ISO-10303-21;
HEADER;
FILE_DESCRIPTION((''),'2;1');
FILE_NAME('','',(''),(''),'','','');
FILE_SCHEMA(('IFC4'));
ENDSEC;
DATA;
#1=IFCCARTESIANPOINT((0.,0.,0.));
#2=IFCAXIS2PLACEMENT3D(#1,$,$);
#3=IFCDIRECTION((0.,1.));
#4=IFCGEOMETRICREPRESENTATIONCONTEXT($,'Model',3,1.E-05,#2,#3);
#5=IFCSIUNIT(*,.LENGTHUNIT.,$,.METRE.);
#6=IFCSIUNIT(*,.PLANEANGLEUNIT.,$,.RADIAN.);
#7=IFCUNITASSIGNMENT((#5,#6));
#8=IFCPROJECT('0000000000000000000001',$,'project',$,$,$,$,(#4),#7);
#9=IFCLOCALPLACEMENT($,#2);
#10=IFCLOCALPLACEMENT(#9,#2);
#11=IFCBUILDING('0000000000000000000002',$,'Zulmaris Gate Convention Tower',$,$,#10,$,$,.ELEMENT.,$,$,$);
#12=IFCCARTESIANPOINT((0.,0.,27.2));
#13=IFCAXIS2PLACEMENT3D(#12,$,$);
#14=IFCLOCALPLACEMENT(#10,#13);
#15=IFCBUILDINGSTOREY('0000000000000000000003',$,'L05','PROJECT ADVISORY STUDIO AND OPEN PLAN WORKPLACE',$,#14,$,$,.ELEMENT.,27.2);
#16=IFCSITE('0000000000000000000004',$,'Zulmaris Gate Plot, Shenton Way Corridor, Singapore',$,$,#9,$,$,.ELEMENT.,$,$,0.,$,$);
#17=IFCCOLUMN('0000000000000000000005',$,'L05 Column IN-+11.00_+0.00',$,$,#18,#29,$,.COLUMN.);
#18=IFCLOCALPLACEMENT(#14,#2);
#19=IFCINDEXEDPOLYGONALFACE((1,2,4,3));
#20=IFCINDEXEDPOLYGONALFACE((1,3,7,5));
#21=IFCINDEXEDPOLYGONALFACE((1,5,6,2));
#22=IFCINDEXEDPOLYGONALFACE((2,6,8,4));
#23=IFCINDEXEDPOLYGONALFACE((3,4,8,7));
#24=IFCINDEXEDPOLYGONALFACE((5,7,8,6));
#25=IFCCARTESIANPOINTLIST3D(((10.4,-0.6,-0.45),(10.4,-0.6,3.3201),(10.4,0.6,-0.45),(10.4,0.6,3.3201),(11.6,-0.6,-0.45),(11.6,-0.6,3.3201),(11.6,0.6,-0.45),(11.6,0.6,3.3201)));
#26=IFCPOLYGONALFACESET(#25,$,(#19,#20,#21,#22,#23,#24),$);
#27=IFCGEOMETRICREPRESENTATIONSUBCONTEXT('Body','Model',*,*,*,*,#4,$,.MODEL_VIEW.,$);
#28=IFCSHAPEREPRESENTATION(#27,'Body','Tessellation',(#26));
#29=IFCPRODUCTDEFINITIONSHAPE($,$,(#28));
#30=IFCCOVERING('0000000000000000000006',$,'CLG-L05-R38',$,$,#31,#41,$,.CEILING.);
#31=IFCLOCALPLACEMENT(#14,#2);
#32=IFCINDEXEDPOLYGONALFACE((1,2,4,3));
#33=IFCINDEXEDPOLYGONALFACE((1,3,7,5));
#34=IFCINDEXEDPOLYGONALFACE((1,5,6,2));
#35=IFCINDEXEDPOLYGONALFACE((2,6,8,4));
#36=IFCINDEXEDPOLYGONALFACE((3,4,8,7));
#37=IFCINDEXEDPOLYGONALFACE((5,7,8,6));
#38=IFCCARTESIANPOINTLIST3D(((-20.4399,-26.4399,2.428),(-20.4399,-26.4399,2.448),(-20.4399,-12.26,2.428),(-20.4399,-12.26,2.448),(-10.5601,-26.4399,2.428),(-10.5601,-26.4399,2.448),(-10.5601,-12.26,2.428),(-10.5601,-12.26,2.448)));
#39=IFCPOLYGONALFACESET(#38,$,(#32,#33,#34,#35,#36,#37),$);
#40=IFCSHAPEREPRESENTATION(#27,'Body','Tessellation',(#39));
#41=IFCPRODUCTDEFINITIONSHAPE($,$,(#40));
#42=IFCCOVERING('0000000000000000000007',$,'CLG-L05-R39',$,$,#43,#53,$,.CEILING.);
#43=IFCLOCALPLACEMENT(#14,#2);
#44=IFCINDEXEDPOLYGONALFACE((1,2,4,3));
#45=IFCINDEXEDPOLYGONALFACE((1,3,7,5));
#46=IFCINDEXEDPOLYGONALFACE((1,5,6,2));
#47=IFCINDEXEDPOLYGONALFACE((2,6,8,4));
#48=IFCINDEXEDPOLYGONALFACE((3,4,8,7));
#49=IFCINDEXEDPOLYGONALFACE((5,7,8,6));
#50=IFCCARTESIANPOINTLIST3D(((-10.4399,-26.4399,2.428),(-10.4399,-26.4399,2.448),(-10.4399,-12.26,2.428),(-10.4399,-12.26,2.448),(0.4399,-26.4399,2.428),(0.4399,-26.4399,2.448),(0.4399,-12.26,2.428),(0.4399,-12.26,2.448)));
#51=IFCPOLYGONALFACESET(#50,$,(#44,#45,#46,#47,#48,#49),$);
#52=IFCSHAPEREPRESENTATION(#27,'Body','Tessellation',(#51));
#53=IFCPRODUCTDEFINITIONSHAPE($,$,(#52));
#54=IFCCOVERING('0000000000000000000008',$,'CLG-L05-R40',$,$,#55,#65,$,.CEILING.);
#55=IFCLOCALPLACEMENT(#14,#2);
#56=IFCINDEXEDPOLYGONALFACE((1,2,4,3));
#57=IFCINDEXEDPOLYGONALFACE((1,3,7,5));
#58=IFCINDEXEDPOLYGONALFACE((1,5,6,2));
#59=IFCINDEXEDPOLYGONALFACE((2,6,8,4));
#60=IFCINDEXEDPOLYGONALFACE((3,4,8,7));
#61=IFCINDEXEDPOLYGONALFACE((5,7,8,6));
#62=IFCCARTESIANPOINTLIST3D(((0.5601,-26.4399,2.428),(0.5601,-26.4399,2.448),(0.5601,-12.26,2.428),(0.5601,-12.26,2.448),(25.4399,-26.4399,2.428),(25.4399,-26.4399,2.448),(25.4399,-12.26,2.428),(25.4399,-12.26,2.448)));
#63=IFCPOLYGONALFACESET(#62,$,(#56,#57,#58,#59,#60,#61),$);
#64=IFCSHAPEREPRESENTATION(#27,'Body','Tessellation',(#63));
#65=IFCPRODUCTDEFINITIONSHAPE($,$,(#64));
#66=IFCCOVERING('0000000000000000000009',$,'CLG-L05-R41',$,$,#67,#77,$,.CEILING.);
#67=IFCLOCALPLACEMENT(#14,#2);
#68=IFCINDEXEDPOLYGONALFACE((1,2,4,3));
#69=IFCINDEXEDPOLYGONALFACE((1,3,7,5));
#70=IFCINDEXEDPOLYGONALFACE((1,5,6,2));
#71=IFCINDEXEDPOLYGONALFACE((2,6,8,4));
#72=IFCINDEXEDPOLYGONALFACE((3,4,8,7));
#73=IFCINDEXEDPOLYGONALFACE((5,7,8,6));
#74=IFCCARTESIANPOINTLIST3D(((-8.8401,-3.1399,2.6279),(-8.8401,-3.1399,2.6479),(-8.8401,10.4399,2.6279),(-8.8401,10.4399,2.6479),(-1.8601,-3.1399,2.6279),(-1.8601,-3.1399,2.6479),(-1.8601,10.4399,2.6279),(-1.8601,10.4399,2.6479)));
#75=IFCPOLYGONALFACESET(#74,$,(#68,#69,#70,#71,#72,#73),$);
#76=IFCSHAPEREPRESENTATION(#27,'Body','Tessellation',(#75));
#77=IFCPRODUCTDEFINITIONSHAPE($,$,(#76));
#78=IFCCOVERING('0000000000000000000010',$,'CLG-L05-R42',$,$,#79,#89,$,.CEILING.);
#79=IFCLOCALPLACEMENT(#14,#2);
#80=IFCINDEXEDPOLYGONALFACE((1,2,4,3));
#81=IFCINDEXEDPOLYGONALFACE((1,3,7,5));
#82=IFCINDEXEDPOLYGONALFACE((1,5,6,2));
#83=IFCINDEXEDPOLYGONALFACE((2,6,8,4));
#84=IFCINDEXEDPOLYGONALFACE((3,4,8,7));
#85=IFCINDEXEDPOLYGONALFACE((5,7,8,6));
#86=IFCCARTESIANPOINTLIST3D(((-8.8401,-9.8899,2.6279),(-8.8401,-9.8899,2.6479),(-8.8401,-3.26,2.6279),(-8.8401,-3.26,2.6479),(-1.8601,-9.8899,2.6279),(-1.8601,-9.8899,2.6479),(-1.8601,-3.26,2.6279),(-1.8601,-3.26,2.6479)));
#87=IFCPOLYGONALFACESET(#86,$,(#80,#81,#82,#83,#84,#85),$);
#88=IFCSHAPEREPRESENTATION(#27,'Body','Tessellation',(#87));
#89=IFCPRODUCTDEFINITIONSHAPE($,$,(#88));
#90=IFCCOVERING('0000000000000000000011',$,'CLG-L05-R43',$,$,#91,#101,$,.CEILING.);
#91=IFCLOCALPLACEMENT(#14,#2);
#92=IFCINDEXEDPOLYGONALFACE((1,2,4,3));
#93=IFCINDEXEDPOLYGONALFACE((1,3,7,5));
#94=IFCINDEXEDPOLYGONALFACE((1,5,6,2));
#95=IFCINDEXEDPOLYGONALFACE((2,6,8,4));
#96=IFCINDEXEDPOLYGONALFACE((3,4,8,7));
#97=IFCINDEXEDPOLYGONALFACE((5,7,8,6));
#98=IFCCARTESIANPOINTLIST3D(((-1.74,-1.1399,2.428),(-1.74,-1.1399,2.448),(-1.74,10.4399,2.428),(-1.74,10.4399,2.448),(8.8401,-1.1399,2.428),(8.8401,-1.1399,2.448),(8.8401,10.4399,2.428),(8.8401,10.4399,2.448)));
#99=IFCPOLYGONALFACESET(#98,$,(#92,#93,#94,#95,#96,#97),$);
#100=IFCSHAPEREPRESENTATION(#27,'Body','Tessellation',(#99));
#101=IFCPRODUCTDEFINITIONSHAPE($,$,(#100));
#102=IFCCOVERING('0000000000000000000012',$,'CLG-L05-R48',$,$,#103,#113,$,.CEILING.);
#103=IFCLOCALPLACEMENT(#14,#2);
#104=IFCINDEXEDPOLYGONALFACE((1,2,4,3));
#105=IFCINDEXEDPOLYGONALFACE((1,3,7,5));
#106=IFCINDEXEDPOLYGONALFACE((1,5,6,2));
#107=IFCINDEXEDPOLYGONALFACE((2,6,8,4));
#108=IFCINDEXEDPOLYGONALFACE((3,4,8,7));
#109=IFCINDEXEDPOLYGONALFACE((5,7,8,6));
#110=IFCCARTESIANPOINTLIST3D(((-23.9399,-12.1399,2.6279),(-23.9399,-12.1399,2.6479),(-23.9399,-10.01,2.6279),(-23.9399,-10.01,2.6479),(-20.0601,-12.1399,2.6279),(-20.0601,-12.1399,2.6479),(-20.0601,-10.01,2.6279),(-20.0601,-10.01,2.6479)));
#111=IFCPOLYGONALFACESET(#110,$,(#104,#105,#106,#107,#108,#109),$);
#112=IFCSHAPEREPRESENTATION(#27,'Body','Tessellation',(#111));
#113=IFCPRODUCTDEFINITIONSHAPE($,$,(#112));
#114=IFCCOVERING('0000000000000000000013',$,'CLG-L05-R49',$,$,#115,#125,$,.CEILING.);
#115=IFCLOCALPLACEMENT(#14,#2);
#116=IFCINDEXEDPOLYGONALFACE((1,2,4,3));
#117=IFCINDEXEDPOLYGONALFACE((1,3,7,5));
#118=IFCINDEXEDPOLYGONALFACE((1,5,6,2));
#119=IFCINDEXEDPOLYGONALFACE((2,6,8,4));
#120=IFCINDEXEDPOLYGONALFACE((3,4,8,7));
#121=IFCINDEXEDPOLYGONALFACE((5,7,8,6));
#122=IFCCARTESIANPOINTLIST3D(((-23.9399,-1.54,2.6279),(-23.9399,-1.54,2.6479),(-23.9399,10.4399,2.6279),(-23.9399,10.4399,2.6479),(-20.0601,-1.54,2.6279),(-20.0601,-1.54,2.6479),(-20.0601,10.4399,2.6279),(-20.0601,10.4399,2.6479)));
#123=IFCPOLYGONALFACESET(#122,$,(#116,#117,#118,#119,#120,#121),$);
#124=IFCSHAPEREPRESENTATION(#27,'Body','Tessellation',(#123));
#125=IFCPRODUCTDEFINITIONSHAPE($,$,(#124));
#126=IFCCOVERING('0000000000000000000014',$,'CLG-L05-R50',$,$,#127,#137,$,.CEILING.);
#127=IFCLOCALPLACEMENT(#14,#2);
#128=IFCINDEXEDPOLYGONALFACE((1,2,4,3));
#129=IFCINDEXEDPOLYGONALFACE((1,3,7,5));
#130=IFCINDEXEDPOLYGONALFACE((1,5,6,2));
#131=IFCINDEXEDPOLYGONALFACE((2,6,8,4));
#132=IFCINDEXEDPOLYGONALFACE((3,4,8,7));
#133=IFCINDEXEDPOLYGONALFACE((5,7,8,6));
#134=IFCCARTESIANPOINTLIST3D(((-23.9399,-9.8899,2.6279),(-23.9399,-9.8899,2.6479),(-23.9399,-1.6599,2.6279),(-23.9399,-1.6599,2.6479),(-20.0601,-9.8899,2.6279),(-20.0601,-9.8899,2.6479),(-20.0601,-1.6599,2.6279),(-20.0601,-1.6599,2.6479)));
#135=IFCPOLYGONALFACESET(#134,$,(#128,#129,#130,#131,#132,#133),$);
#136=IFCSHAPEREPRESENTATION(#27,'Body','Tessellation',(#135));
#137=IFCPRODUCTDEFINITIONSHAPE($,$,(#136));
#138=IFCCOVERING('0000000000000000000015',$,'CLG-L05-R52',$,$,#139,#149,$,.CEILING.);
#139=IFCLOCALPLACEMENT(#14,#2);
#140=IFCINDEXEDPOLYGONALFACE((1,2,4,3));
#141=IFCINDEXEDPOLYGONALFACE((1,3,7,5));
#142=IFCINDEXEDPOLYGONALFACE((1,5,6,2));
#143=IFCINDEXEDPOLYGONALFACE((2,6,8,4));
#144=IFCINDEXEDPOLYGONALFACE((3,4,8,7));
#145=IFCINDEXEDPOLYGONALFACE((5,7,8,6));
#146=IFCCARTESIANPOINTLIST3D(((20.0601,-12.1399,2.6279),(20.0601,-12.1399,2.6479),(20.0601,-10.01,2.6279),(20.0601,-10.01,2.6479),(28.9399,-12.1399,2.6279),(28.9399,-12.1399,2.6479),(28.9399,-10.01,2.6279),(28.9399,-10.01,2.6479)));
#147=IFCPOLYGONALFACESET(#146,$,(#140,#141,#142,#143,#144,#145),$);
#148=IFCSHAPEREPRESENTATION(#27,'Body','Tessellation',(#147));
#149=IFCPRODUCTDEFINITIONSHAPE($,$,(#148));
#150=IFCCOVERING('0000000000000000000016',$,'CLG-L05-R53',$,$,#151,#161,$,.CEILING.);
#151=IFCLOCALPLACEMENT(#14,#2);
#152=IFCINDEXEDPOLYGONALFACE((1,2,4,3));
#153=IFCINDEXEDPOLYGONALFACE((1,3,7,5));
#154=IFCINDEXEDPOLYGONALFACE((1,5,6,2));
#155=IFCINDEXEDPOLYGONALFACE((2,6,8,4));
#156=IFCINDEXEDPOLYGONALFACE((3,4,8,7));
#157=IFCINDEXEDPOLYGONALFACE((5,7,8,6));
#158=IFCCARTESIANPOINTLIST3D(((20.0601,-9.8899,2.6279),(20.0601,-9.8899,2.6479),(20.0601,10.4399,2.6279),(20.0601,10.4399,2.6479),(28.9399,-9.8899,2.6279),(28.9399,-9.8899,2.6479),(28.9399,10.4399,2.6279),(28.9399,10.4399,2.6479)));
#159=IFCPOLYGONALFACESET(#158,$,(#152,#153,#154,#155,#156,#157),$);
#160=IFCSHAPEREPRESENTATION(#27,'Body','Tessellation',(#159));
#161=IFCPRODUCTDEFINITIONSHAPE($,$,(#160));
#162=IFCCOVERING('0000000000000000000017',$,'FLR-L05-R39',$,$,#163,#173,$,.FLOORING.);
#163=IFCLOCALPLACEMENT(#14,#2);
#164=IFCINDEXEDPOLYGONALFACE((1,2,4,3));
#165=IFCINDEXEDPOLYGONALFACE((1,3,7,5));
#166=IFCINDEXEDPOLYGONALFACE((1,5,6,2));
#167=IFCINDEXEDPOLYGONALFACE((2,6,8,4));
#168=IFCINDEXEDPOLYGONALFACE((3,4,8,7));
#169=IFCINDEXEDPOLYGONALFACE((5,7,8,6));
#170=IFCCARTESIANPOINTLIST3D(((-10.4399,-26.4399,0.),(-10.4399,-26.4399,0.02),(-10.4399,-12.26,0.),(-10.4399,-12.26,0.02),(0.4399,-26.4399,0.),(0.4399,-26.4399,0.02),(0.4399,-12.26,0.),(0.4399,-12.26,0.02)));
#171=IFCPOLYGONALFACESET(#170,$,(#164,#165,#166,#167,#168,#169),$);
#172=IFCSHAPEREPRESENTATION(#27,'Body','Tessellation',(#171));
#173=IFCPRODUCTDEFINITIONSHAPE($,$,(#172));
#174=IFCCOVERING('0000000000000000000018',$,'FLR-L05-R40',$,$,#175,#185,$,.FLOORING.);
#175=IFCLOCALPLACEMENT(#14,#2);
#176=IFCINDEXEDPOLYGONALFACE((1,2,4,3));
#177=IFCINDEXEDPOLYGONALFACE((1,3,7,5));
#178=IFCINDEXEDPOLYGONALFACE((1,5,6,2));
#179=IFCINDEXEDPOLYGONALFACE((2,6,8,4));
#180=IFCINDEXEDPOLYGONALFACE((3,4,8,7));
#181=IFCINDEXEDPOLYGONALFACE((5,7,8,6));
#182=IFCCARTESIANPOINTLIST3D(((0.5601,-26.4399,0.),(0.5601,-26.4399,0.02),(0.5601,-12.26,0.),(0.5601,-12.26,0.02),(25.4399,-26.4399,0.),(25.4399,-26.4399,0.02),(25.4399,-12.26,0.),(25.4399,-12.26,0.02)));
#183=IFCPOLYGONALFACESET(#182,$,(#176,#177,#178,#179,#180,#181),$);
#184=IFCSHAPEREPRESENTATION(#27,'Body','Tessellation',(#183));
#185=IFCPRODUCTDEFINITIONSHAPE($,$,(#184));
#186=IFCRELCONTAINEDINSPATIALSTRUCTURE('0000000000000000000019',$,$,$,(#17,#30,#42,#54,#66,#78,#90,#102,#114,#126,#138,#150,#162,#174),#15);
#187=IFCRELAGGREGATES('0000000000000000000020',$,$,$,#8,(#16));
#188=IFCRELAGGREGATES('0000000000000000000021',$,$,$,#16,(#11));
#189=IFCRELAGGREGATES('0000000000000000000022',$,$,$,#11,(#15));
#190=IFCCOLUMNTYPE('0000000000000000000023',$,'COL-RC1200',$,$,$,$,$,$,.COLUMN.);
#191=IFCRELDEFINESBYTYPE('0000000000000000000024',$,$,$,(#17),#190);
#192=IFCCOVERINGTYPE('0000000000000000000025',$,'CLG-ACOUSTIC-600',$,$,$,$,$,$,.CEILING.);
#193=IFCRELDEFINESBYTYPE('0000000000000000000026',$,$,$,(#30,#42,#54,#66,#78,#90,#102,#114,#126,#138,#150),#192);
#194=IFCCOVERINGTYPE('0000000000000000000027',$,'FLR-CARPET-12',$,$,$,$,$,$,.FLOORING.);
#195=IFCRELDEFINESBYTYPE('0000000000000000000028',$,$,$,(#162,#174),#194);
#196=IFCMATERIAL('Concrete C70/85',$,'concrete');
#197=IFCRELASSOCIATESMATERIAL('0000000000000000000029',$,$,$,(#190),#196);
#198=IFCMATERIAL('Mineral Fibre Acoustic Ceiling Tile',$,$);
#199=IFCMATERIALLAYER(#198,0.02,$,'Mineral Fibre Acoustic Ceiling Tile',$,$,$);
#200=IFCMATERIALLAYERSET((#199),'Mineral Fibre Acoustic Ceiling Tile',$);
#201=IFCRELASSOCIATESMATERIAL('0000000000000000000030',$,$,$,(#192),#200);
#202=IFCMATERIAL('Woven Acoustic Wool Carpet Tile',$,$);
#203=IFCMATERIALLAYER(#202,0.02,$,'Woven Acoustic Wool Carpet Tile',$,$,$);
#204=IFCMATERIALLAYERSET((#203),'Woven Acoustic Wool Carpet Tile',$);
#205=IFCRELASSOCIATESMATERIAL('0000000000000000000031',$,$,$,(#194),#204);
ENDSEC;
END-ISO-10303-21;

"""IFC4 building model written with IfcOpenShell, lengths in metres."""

from ifc_helpers import new_model, si_unit, direction, frame, origin, origin_2d, place, context, subcontext, project, spatial, polyline, rectangle, outline, extrude, material, layer, layer_set, material_profile, profile_set, type_object, element, save


model = new_model("IFC4")

# Units and contexts
model_context = context("Model", 3, precision=1e-05, world=origin(), true_north=direction((0.0, 1.0)))
body_context = subcontext(model_context, "Body", "Model", "MODEL_VIEW")
ifc_project = project(units=[si_unit("LENGTHUNIT", "METRE"), si_unit("PLANEANGLEUNIT", "RADIAN")], contexts=[model_context])

# Site, building, storey
site_placement = place(None, origin())
site = spatial("IfcSite", under=ifc_project, at=site_placement, Name="Zulmaris Gate Plot, Shenton Way Corridor, Singapore", CompositionType="ELEMENT", RefElevation=0.0)
building_placement = place(site_placement, origin())
building = spatial("IfcBuilding", under=site, at=building_placement, Name="Zulmaris Gate Convention Tower", CompositionType="ELEMENT")
storey_placement = place(building_placement, frame((0.0, 0.0, 27.2)))
storey = spatial("IfcBuildingStorey", under=building, at=storey_placement, Name="L05", Description="PROJECT ADVISORY STUDIO AND OPEN PLAN WORKPLACE", CompositionType="ELEMENT", Elevation=27.2)

# Column
ifc_material_1 = material(Name="Concrete C70/85", Category="concrete")
ifc_material_profile = material_profile(ifc_material_1, rectangle(XDim=1.2, YDim=1.2, at=origin_2d()), Name="RC COL 1200x1200")
ifc_profile_set = profile_set([ifc_material_profile], Name="Concrete C70/85")
column_type = type_object("IfcColumnType", Name="COL-RC1200", PredefinedType="COLUMN", material=ifc_profile_set)
column_placement = place(storey_placement, frame((11.0, 0.0, -0.45), z_axis=(0.0, 0.0, 1.0), x_axis=(1.0, 0.0, 0.0)))
element("IfcColumn", 1, at=column_placement, inside=storey, type_object=column_type, Name="L05 Column IN-+11.00_+0.00", PredefinedType="COLUMN", context=body_context, shape_type="SweptSolid", body=[
    extrude(rectangle(XDim=1.2, YDim=1.2, at=origin_2d()), origin(), (0.0, 0.0, 1.0), 3.77),
])

# Coverings
ifc_material_2 = material(Name="Mineral Fibre Acoustic Ceiling Tile")
ifc_layer_1 = layer(ifc_material_2, 0.02, Name="Mineral Fibre Acoustic Ceiling Tile")
ifc_layer_set_1 = layer_set([ifc_layer_1], Name="Mineral Fibre Acoustic Ceiling Tile")
covering_type_1 = type_object("IfcCoveringType", Name="CLG-ACOUSTIC-600", PredefinedType="CEILING", material=ifc_layer_set_1)
covering_1_placement = place(storey_placement, frame((0.0, 0.0, 2.428)))
element("IfcCovering", 2, at=covering_1_placement, inside=storey, type_object=covering_type_1, Name="CLG-L05-R38", PredefinedType="CEILING", context=body_context, shape_type="SweptSolid", body=[
    extrude(outline(polyline([(-20.4399, -26.4399), (-10.5601, -26.4399), (-10.5601, -12.26), (-20.4399, -12.26), (-20.4399, -26.4399)])), origin(), (0.0, 0.0, 1.0), 0.02),
])
covering_2_placement = place(storey_placement, frame((0.0, 0.0, 2.428)))
element("IfcCovering", 3, at=covering_2_placement, inside=storey, type_object=covering_type_1, Name="CLG-L05-R39", PredefinedType="CEILING", context=body_context, shape_type="SweptSolid", body=[
    extrude(outline(polyline([(-10.4399, -26.4399), (0.4399, -26.4399), (0.4399, -12.26), (-10.4399, -12.26), (-10.4399, -26.4399)])), origin(), (0.0, 0.0, 1.0), 0.02),
])
covering_3_placement = place(storey_placement, frame((0.0, 0.0, 2.428)))
element("IfcCovering", 4, at=covering_3_placement, inside=storey, type_object=covering_type_1, Name="CLG-L05-R40", PredefinedType="CEILING", context=body_context, shape_type="SweptSolid", body=[
    extrude(outline(polyline([(0.5601, -26.4399), (25.4399, -26.4399), (25.4399, -12.26), (0.5601, -12.26), (0.5601, -26.4399)])), origin(), (0.0, 0.0, 1.0), 0.02),
])
covering_4_placement = place(storey_placement, frame((0.0, 0.0, 2.6279)))
element("IfcCovering", 5, at=covering_4_placement, inside=storey, type_object=covering_type_1, Name="CLG-L05-R41", PredefinedType="CEILING", context=body_context, shape_type="SweptSolid", body=[
    extrude(outline(polyline([(-8.8401, -3.1399), (-1.8601, -3.1399), (-1.8601, 10.4399), (-8.8401, 10.4399), (-8.8401, -3.1399)])), origin(), (0.0, 0.0, 1.0), 0.02),
])
covering_5_placement = place(storey_placement, frame((0.0, 0.0, 2.6279)))
element("IfcCovering", 6, at=covering_5_placement, inside=storey, type_object=covering_type_1, Name="CLG-L05-R42", PredefinedType="CEILING", context=body_context, shape_type="SweptSolid", body=[
    extrude(outline(polyline([(-8.8401, -9.8899), (-1.8601, -9.8899), (-1.8601, -3.26), (-8.8401, -3.26), (-8.8401, -9.8899)])), origin(), (0.0, 0.0, 1.0), 0.02),
])
covering_6_placement = place(storey_placement, frame((0.0, 0.0, 2.428)))
element("IfcCovering", 7, at=covering_6_placement, inside=storey, type_object=covering_type_1, Name="CLG-L05-R43", PredefinedType="CEILING", context=body_context, shape_type="SweptSolid", body=[
    extrude(outline(polyline([(-1.74, -1.1399), (8.8401, -1.1399), (8.8401, 10.4399), (-1.74, 10.4399), (-1.74, -1.1399)])), origin(), (0.0, 0.0, 1.0), 0.02),
])
covering_7_placement = place(storey_placement, frame((0.0, 0.0, 2.6279)))
element("IfcCovering", 8, at=covering_7_placement, inside=storey, type_object=covering_type_1, Name="CLG-L05-R48", PredefinedType="CEILING", context=body_context, shape_type="SweptSolid", body=[
    extrude(outline(polyline([(-23.9399, -12.1399), (-20.0601, -12.1399), (-20.0601, -10.01), (-23.9399, -10.01), (-23.9399, -12.1399)])), origin(), (0.0, 0.0, 1.0), 0.02),
])
covering_8_placement = place(storey_placement, frame((0.0, 0.0, 2.6279)))
element("IfcCovering", 9, at=covering_8_placement, inside=storey, type_object=covering_type_1, Name="CLG-L05-R49", PredefinedType="CEILING", context=body_context, shape_type="SweptSolid", body=[
    extrude(outline(polyline([(-23.9399, -1.54), (-20.0601, -1.54), (-20.0601, 10.4399), (-23.9399, 10.4399), (-23.9399, -1.54)])), origin(), (0.0, 0.0, 1.0), 0.02),
])
covering_9_placement = place(storey_placement, frame((0.0, 0.0, 2.6279)))
element("IfcCovering", 10, at=covering_9_placement, inside=storey, type_object=covering_type_1, Name="CLG-L05-R50", PredefinedType="CEILING", context=body_context, shape_type="SweptSolid", body=[
    extrude(outline(polyline([(-23.9399, -9.8899), (-20.0601, -9.8899), (-20.0601, -1.6599), (-23.9399, -1.6599), (-23.9399, -9.8899)])), origin(), (0.0, 0.0, 1.0), 0.02),
])
covering_10_placement = place(storey_placement, frame((0.0, 0.0, 2.6279)))
element("IfcCovering", 11, at=covering_10_placement, inside=storey, type_object=covering_type_1, Name="CLG-L05-R52", PredefinedType="CEILING", context=body_context, shape_type="SweptSolid", body=[
    extrude(outline(polyline([(20.0601, -12.1399), (28.9399, -12.1399), (28.9399, -10.01), (20.0601, -10.01), (20.0601, -12.1399)])), origin(), (0.0, 0.0, 1.0), 0.02),
])
covering_11_placement = place(storey_placement, frame((0.0, 0.0, 2.6279)))
element("IfcCovering", 12, at=covering_11_placement, inside=storey, type_object=covering_type_1, Name="CLG-L05-R53", PredefinedType="CEILING", context=body_context, shape_type="SweptSolid", body=[
    extrude(outline(polyline([(20.0601, -9.8899), (28.9399, -9.8899), (28.9399, 10.4399), (20.0601, 10.4399), (20.0601, -9.8899)])), origin(), (0.0, 0.0, 1.0), 0.02),
])
ifc_material_3 = material(Name="Woven Acoustic Wool Carpet Tile")
ifc_layer_2 = layer(ifc_material_3, 0.02, Name="Woven Acoustic Wool Carpet Tile")
ifc_layer_set_2 = layer_set([ifc_layer_2], Name="Woven Acoustic Wool Carpet Tile")
covering_type_2 = type_object("IfcCoveringType", Name="FLR-CARPET-12", PredefinedType="FLOORING", material=ifc_layer_set_2)
covering_12_placement = place(storey_placement, origin())
element("IfcCovering", 13, at=covering_12_placement, inside=storey, type_object=covering_type_2, Name="FLR-L05-R39", PredefinedType="FLOORING", context=body_context, shape_type="SweptSolid", body=[
    extrude(outline(polyline([(-10.4399, -26.4399), (0.4399, -26.4399), (0.4399, -12.26), (-10.4399, -12.26), (-10.4399, -26.4399)])), origin(), (0.0, 0.0, 1.0), 0.02),
])
covering_13_placement = place(storey_placement, origin())
element("IfcCovering", 14, at=covering_13_placement, inside=storey, type_object=covering_type_2, Name="FLR-L05-R40", PredefinedType="FLOORING", context=body_context, shape_type="SweptSolid", body=[
    extrude(outline(polyline([(0.5601, -26.4399), (25.4399, -26.4399), (25.4399, -12.26), (0.5601, -12.26), (0.5601, -26.4399)])), origin(), (0.0, 0.0, 1.0), 0.02),
])

save(model, "model.ifc")
